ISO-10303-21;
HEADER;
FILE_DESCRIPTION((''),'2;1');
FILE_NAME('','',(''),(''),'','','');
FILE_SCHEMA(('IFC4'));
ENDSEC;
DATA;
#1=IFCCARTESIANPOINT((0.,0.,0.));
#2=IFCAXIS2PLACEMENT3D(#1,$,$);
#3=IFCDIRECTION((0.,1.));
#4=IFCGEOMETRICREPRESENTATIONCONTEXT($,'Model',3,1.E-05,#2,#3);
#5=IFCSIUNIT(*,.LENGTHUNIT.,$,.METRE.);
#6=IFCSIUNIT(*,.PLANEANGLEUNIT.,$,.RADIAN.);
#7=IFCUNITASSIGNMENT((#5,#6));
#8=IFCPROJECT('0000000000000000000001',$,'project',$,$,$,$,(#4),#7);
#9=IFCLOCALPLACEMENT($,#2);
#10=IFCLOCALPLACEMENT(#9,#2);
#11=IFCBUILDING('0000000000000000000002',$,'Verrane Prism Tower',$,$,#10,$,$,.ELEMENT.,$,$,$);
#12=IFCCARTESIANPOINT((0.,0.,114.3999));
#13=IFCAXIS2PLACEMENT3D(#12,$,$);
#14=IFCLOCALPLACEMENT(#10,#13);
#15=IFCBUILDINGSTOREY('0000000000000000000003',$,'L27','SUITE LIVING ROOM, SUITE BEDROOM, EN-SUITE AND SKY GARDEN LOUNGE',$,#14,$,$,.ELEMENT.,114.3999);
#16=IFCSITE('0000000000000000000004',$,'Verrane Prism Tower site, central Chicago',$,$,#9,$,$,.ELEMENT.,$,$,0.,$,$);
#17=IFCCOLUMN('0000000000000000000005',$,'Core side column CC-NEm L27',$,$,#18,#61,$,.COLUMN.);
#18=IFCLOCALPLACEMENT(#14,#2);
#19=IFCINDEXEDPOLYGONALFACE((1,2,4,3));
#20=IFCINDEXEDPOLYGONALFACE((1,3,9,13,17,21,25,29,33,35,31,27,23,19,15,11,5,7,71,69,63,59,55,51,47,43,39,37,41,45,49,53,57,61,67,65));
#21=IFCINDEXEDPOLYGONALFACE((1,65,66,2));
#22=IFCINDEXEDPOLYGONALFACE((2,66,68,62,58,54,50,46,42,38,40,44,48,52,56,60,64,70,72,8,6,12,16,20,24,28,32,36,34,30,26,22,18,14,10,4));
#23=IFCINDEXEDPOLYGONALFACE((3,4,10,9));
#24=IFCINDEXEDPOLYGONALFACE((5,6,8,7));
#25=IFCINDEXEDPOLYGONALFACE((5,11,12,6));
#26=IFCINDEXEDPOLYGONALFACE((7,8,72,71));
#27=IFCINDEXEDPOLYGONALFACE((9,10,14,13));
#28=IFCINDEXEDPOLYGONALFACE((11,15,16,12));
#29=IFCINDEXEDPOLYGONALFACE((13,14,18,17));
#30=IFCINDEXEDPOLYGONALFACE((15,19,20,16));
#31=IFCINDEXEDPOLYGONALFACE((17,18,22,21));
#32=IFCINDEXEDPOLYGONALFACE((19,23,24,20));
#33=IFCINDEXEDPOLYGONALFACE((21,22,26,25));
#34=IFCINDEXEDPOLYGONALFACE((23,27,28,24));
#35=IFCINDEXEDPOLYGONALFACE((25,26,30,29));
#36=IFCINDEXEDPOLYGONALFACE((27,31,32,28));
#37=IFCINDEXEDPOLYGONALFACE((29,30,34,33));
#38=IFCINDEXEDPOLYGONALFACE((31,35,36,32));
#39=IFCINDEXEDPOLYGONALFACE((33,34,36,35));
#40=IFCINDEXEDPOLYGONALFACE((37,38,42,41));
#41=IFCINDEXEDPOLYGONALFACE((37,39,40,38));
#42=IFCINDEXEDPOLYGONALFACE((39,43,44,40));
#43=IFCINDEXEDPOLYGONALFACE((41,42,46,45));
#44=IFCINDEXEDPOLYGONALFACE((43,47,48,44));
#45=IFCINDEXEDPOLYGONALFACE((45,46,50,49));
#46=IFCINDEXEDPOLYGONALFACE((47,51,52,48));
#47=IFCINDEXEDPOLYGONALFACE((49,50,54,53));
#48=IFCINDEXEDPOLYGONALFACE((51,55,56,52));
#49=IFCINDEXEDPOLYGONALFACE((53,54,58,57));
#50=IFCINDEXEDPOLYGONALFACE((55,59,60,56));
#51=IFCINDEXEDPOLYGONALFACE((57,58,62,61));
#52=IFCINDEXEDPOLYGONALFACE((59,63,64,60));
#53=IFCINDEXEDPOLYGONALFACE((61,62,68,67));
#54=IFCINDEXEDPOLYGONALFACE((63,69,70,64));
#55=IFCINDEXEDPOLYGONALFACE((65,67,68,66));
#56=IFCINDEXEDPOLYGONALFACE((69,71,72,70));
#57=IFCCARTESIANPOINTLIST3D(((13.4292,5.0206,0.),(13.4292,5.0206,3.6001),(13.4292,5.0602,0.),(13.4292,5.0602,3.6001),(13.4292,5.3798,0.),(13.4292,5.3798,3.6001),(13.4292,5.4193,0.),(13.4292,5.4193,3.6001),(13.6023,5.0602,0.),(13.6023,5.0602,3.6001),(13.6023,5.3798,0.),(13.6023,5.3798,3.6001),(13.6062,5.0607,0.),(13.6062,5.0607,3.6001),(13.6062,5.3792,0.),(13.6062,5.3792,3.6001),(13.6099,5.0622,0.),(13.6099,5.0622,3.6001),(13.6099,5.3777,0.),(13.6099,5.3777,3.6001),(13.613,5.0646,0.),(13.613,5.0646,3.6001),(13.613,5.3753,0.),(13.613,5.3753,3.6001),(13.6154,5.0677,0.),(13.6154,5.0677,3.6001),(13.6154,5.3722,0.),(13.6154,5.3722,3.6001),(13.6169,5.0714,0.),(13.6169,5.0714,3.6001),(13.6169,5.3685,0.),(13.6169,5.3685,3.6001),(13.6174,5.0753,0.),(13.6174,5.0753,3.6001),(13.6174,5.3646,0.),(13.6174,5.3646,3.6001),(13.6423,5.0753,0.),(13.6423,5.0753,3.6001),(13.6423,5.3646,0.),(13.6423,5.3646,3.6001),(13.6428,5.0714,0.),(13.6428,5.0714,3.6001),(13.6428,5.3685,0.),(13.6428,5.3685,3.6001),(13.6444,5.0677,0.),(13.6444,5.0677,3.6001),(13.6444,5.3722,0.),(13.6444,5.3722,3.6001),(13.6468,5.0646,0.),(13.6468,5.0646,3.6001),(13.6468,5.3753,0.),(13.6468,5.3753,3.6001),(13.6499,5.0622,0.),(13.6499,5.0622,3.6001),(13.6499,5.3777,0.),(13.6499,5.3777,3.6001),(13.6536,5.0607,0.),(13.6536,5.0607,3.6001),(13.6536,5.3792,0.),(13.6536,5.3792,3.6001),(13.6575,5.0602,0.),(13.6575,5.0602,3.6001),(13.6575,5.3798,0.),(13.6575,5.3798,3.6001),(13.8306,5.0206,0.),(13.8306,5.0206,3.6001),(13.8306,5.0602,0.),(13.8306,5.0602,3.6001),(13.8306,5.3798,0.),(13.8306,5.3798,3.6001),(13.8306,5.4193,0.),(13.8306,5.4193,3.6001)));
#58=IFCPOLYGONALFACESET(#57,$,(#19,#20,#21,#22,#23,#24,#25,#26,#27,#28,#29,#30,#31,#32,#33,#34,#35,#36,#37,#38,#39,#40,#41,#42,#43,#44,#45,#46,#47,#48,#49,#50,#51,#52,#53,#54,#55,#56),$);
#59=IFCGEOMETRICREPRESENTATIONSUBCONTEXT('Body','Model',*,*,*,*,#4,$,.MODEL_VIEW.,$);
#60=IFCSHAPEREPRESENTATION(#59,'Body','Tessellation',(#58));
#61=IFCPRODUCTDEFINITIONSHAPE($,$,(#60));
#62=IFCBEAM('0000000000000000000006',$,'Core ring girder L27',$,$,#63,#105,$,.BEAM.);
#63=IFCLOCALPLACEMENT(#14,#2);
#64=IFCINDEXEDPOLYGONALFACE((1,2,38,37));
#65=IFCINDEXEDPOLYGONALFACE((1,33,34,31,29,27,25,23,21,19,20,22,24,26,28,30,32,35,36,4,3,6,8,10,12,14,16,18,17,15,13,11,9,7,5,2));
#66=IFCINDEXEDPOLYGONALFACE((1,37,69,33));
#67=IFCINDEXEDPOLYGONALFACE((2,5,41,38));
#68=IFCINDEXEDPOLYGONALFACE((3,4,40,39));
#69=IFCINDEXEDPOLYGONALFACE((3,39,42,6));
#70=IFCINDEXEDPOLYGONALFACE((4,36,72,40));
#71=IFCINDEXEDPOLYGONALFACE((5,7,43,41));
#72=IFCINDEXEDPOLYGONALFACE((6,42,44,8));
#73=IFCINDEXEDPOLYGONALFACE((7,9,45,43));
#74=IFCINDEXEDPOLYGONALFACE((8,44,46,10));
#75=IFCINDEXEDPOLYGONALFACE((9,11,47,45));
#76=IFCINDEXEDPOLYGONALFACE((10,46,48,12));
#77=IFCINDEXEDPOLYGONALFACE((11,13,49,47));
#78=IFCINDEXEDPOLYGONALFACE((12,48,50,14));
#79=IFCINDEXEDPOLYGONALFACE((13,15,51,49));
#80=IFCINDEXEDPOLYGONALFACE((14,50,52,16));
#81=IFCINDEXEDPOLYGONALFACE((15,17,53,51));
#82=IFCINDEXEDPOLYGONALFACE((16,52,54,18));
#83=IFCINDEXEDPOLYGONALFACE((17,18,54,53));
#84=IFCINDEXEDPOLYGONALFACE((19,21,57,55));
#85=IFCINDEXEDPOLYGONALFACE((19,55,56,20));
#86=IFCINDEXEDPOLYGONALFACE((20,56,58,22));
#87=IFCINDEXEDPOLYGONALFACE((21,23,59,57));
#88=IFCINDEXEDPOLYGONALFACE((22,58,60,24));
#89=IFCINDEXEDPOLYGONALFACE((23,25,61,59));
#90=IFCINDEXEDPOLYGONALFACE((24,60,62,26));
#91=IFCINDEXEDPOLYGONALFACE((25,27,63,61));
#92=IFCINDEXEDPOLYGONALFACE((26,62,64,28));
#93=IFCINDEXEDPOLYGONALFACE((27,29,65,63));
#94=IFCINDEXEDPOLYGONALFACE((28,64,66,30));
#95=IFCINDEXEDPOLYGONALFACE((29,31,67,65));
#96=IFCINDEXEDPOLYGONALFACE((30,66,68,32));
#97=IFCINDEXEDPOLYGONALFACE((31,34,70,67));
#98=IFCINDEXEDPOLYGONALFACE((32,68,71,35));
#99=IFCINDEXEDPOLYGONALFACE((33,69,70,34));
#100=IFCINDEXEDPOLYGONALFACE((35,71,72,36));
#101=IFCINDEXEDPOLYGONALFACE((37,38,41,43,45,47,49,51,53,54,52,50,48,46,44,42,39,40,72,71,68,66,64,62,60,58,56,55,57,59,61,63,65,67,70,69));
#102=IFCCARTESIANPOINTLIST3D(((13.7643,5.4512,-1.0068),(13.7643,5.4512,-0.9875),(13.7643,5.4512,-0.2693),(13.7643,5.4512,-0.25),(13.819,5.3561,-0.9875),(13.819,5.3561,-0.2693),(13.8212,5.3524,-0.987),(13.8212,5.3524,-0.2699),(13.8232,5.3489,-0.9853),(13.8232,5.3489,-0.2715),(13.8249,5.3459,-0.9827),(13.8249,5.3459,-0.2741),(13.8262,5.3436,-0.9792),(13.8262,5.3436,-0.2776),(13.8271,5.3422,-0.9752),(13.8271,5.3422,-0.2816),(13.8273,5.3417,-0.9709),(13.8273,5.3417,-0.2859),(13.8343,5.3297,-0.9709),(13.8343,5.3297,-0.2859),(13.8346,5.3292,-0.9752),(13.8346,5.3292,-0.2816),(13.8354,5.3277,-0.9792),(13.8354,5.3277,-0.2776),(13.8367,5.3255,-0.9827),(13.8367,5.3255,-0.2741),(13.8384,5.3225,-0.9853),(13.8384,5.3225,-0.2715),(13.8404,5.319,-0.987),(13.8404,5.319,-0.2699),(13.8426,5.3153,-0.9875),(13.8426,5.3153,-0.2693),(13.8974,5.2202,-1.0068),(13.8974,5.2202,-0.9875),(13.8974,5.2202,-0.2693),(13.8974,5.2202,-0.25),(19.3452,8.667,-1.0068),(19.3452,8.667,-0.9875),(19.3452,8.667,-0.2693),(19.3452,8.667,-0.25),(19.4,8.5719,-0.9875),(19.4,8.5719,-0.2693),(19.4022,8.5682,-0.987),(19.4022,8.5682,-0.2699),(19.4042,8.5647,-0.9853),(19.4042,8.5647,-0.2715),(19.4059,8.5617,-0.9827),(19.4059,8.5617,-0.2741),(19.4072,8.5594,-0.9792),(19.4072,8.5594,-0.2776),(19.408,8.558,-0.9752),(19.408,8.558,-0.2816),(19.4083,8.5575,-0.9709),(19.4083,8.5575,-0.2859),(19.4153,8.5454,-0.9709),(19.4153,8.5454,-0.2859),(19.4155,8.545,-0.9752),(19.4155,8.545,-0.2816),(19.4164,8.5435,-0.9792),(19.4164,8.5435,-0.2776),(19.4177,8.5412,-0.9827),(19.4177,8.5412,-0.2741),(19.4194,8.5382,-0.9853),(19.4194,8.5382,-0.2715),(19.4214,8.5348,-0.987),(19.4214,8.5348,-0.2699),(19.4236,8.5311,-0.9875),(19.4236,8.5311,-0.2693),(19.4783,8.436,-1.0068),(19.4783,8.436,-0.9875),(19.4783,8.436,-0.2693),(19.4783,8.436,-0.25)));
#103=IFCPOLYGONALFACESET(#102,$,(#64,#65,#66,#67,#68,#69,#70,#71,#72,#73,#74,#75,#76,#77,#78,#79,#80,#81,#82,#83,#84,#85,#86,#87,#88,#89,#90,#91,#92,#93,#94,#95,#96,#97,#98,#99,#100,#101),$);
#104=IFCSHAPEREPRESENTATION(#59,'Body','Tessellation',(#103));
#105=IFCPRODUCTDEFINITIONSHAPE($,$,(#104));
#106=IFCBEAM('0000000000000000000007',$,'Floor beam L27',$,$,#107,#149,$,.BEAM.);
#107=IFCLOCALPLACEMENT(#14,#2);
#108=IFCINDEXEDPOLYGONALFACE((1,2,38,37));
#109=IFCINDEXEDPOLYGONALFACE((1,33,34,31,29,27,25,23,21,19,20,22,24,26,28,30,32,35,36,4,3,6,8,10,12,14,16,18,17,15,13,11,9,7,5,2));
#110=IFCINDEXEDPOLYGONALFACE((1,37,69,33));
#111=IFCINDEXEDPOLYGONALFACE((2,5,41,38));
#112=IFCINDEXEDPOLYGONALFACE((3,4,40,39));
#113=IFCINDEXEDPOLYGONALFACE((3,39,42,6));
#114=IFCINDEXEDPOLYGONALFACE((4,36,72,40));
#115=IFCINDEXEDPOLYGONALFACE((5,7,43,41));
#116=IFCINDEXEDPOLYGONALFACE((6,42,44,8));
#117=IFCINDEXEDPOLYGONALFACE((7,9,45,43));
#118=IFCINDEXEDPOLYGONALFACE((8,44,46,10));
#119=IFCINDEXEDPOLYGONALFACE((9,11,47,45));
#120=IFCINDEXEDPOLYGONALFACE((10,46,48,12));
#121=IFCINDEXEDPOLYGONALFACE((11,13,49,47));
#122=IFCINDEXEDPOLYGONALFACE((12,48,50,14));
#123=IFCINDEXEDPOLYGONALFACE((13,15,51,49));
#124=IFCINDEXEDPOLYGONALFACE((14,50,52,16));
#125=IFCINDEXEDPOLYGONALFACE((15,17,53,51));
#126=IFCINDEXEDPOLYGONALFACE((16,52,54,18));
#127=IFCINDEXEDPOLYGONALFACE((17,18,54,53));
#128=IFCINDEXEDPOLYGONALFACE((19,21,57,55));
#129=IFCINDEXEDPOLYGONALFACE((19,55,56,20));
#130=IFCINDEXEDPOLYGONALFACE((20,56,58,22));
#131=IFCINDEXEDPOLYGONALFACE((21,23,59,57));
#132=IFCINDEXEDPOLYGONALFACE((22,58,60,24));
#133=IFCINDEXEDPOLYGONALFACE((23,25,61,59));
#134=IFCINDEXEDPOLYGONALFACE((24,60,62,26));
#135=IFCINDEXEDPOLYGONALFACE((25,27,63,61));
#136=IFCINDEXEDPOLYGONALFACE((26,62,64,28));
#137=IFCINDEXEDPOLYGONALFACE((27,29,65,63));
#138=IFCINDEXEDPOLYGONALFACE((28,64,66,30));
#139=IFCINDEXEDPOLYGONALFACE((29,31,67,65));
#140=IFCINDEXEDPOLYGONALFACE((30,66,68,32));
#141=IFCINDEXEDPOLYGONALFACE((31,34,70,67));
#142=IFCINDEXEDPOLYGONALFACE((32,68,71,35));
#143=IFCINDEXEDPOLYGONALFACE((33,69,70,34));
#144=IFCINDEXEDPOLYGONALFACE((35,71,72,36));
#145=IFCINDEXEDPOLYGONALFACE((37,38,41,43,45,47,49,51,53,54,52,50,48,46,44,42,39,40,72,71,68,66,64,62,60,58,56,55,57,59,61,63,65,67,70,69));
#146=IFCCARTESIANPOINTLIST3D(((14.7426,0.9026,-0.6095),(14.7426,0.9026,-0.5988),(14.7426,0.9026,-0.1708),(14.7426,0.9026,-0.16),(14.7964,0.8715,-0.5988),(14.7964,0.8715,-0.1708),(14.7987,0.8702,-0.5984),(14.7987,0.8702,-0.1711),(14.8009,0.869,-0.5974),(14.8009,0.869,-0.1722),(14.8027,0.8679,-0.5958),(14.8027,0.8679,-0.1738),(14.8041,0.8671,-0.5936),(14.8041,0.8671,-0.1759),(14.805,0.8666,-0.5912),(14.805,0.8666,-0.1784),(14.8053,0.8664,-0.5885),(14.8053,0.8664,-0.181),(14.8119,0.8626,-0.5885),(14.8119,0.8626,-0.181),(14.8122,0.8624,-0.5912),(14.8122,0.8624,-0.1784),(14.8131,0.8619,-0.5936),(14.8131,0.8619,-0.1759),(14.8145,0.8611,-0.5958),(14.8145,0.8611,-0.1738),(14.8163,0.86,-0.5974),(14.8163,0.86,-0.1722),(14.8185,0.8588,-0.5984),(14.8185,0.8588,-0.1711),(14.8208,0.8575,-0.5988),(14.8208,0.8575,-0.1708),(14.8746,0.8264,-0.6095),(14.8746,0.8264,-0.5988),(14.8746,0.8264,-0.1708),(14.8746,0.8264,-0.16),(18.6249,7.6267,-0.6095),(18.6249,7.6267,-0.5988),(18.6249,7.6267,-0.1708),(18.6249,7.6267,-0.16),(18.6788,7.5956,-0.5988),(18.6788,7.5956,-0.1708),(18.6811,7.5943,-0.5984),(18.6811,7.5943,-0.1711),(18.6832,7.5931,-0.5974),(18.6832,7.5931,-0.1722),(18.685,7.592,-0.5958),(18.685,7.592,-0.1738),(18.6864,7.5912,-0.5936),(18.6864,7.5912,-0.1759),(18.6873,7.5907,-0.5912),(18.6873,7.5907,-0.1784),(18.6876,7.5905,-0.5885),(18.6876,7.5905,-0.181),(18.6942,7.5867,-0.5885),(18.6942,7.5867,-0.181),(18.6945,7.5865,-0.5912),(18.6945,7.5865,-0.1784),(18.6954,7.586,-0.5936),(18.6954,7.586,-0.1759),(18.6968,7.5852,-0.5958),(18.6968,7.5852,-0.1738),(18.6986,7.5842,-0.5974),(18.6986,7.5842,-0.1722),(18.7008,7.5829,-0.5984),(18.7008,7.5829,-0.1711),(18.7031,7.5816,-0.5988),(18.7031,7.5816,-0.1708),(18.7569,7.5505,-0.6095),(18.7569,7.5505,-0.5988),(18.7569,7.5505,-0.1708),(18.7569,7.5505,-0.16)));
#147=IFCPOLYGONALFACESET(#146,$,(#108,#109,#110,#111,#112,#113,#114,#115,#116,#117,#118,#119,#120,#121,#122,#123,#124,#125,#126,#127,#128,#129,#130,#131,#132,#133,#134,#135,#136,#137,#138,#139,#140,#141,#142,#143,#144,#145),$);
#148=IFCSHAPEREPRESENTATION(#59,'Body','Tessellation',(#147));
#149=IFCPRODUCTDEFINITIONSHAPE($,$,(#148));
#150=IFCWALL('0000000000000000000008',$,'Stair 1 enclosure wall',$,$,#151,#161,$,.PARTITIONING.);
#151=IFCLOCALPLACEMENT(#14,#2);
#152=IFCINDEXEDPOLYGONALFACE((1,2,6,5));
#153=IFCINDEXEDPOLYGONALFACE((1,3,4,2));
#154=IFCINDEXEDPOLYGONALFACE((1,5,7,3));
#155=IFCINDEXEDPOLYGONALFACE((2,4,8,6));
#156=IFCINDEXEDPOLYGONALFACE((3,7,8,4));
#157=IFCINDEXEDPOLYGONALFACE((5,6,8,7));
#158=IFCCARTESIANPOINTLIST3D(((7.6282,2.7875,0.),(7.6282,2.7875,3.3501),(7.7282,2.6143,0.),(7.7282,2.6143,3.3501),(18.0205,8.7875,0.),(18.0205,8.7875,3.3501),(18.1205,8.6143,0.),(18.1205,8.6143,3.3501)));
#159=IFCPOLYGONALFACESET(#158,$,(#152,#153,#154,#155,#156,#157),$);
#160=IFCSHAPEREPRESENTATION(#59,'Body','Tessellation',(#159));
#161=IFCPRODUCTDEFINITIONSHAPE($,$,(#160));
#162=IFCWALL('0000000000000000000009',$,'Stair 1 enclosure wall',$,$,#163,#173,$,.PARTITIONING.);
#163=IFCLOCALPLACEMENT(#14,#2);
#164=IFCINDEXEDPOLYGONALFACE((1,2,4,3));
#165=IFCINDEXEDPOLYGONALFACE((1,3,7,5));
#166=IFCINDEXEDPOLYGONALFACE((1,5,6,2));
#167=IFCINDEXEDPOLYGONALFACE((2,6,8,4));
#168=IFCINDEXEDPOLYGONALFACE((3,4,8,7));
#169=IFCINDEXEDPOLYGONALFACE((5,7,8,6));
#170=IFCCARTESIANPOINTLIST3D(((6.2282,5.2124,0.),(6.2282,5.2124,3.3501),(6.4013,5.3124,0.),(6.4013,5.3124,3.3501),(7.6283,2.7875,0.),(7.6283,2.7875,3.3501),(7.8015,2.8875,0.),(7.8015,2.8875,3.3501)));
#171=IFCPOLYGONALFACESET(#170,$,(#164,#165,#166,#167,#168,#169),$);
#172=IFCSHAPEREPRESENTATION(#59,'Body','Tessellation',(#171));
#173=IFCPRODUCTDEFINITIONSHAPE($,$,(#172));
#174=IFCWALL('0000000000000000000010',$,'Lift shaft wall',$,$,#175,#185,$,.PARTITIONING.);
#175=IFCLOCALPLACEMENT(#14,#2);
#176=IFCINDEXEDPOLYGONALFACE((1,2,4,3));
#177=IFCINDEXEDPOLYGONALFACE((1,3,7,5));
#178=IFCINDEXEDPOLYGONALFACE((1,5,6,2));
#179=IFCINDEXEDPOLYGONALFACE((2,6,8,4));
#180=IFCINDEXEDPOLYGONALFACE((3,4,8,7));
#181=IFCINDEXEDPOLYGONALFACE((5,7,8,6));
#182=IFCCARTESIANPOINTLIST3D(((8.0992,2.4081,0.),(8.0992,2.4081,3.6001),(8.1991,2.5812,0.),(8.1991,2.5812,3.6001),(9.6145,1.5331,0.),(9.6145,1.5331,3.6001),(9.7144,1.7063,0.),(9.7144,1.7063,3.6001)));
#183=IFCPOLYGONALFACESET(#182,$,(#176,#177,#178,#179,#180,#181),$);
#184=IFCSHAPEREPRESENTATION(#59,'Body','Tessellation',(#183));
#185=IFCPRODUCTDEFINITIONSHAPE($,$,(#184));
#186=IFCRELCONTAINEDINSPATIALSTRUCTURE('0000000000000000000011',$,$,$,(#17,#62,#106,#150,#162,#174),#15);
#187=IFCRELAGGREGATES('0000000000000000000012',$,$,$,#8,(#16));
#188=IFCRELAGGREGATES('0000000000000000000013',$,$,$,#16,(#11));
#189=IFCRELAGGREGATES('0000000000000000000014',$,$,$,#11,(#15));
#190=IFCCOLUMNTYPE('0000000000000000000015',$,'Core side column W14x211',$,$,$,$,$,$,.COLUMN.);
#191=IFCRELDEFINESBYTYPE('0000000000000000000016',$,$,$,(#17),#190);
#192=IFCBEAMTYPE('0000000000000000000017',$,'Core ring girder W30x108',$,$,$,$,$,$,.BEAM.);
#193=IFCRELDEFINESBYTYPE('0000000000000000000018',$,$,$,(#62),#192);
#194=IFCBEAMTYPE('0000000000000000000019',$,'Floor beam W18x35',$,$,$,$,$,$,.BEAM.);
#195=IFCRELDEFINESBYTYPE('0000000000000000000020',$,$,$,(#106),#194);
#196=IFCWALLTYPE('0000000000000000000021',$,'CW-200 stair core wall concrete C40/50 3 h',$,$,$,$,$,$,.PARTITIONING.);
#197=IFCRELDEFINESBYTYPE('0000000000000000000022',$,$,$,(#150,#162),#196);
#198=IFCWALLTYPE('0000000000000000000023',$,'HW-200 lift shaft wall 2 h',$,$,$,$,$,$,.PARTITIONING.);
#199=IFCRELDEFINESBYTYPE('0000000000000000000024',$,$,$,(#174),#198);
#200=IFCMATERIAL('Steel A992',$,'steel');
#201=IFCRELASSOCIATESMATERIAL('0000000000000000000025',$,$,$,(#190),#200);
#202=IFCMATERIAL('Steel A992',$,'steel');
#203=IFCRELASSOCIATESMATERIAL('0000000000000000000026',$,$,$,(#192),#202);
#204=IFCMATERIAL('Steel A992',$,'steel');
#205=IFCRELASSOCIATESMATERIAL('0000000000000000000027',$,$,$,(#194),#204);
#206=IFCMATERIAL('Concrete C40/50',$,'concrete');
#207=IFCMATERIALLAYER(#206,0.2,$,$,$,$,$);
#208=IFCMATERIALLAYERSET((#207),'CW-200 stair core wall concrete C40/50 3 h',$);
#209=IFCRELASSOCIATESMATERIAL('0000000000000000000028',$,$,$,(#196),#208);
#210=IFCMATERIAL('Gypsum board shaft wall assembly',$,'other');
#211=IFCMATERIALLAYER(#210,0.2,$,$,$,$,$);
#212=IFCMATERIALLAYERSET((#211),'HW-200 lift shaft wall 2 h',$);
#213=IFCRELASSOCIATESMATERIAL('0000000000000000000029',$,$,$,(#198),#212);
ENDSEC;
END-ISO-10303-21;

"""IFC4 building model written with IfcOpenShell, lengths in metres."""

from ifc_helpers import new_model, si_unit, direction, frame, frame_2d, origin, origin_2d, place, context, subcontext, project, spatial, rectangle, i_section, extrude, material, layer, layer_set, material_profile, profile_set, type_object, element, save


model = new_model("IFC4")

# Units and contexts
model_context = context("Model", 3, precision=1e-05, world=origin(), true_north=direction((0.0, 1.0)))
body_context = subcontext(model_context, "Body", "Model", "MODEL_VIEW")
ifc_project = project(units=[si_unit("LENGTHUNIT", "METRE"), si_unit("PLANEANGLEUNIT", "RADIAN")], contexts=[model_context])

# Site, building, storey
site_placement = place(None, origin())
site = spatial("IfcSite", under=ifc_project, at=site_placement, Name="Verrane Prism Tower site, central Chicago", CompositionType="ELEMENT", RefElevation=0.0)
building_placement = place(site_placement, origin())
building = spatial("IfcBuilding", under=site, at=building_placement, Name="Verrane Prism Tower", CompositionType="ELEMENT")
storey_placement = place(building_placement, frame((0.0, 0.0, 114.3999)))
storey = spatial("IfcBuildingStorey", under=building, at=storey_placement, Name="L27", Description="SUITE LIVING ROOM, SUITE BEDROOM, EN-SUITE AND SKY GARDEN LOUNGE", CompositionType="ELEMENT", Elevation=114.3999)

# Column
ifc_material_1 = material(Name="Steel A992", Category="steel")
ifc_material_profile_1 = material_profile(ifc_material_1, i_section(OverallWidth=0.4014, OverallDepth=0.3987, WebThickness=0.0249, FlangeThickness=0.0396, FilletRadius=0.0151, at=origin_2d()), Name="W14x211")
ifc_profile_set_1 = profile_set([ifc_material_profile_1], Name="Steel A992")
column_type = type_object("IfcColumnType", Name="Core side column W14x211", PredefinedType="COLUMN", material=ifc_profile_set_1)
column_placement = place(storey_placement, frame((13.6299, 5.22, 0.0), z_axis=(0.0, 0.0, 1.0), x_axis=(1.0, 0.0, 0.0)))
element("IfcColumn", 1, at=column_placement, inside=storey, type_object=column_type, Name="Core side column CC-NEm L27", PredefinedType="COLUMN", context=body_context, shape_type="SweptSolid", body=[
    extrude(i_section(OverallWidth=0.4014, OverallDepth=0.3987, WebThickness=0.0249, FlangeThickness=0.0396, FilletRadius=0.0151, at=origin_2d()), origin(), (0.0, 0.0, 1.0), 3.6001),
])

# Beams
ifc_material_2 = material(Name="Steel A992", Category="steel")
ifc_material_profile_2 = material_profile(ifc_material_2, i_section(OverallWidth=0.2666, OverallDepth=0.7568, WebThickness=0.0139, FlangeThickness=0.0193, FilletRadius=0.0166, at=origin_2d()), Name="W30x108")
ifc_profile_set_2 = profile_set([ifc_material_profile_2], Name="Steel A992")
beam_type_1 = type_object("IfcBeamType", Name="Core ring girder W30x108", PredefinedType="BEAM", material=ifc_profile_set_2)
beam_1_placement = place(storey_placement, frame((13.8308, 5.3357, -0.6284), z_axis=(0.866456, 0.499254, 0.0), x_axis=(-0.499254, 0.866456, 0.0)))
element("IfcBeam", 2, at=beam_1_placement, inside=storey, type_object=beam_type_1, Name="Core ring girder L27", PredefinedType="BEAM", context=body_context, shape_type="SweptSolid", body=[
    extrude(i_section(OverallWidth=0.2666, OverallDepth=0.7568, WebThickness=0.0139, FlangeThickness=0.0193, FilletRadius=0.0166, at=origin_2d()), origin(), (0.0, 0.0, 1.0), 6.4412),
])
ifc_material_3 = material(Name="Steel A992", Category="steel")
ifc_material_profile_3 = material_profile(ifc_material_3, i_section(OverallWidth=0.1523, OverallDepth=0.4495, WebThickness=0.0076, FlangeThickness=0.0107, FilletRadius=0.0103, at=origin_2d()), Name="W18x35")
ifc_profile_set_3 = profile_set([ifc_material_profile_3], Name="Steel A992")
beam_type_2 = type_object("IfcBeamType", Name="Floor beam W18x35", PredefinedType="BEAM", material=ifc_profile_set_3)
beam_2_placement = place(storey_placement, frame((14.8086, 0.8645, -0.3848), z_axis=(0.500015, 0.866017, 0.0), x_axis=(-0.866017, 0.500015, 0.0)))
element("IfcBeam", 3, at=beam_2_placement, inside=storey, type_object=beam_type_2, Name="Floor beam L27", PredefinedType="BEAM", context=body_context, shape_type="SweptSolid", body=[
    extrude(i_section(OverallWidth=0.1523, OverallDepth=0.4495, WebThickness=0.0076, FlangeThickness=0.0107, FilletRadius=0.0103, at=origin_2d()), origin(), (0.0, 0.0, 1.0), 7.7644),
])

# Walls
ifc_material_4 = material(Name="Concrete C40/50", Category="concrete")
ifc_layer_1 = layer(ifc_material_4, 0.2)
ifc_layer_set_1 = layer_set([ifc_layer_1], Name="CW-200 stair core wall concrete C40/50 3 h")
wall_type_1 = type_object("IfcWallType", Name="CW-200 stair core wall concrete C40/50 3 h", PredefinedType="PARTITIONING", material=ifc_layer_set_1)
wall_1_placement = place(storey_placement, frame((7.6782, 2.7009, 0.0), z_axis=(0.0, 0.0, 1.0), x_axis=(0.866026, 0.499999, 0.0)))
element("IfcWall", 4, at=wall_1_placement, inside=storey, type_object=wall_type_1, Name="Stair 1 enclosure wall", PredefinedType="PARTITIONING", context=body_context, shape_type="SweptSolid", body=[
    extrude(rectangle(XDim=12.0, YDim=0.2, at=frame_2d((6.0, 0.0))), origin(), (0.0, 0.0, 1.0), 3.3501),
])
wall_2_placement = place(storey_placement, frame((7.7148, 2.8376, 0.0), z_axis=(0.0, 0.0, 1.0), x_axis=(-0.50005, 0.865997, 0.0)))
element("IfcWall", 5, at=wall_2_placement, inside=storey, type_object=wall_type_1, Name="Stair 1 enclosure wall", PredefinedType="PARTITIONING", context=body_context, shape_type="SweptSolid", body=[
    extrude(rectangle(XDim=2.8, YDim=0.2, at=frame_2d((1.3999, 0.0))), origin(), (0.0, 0.0, 1.0), 3.3501),
])
ifc_material_5 = material(Name="Gypsum board shaft wall assembly", Category="other")
ifc_layer_2 = layer(ifc_material_5, 0.2)
ifc_layer_set_2 = layer_set([ifc_layer_2], Name="HW-200 lift shaft wall 2 h")
wall_type_2 = type_object("IfcWallType", Name="HW-200 lift shaft wall 2 h", PredefinedType="PARTITIONING", material=ifc_layer_set_2)
wall_3_placement = place(storey_placement, frame((9.6646, 1.6196, 0.0), z_axis=(0.0, 0.0, 1.0), x_axis=(-0.866002, 0.50004, 0.0)))
element("IfcWall", 6, at=wall_3_placement, inside=storey, type_object=wall_type_2, Name="Lift shaft wall", PredefinedType="PARTITIONING", context=body_context, shape_type="SweptSolid", body=[
    extrude(rectangle(XDim=1.7498, YDim=0.2, at=frame_2d((0.875, 0.0))), origin(), (0.0, 0.0, 1.0), 3.6001),
])

save(model, "model.ifc")
